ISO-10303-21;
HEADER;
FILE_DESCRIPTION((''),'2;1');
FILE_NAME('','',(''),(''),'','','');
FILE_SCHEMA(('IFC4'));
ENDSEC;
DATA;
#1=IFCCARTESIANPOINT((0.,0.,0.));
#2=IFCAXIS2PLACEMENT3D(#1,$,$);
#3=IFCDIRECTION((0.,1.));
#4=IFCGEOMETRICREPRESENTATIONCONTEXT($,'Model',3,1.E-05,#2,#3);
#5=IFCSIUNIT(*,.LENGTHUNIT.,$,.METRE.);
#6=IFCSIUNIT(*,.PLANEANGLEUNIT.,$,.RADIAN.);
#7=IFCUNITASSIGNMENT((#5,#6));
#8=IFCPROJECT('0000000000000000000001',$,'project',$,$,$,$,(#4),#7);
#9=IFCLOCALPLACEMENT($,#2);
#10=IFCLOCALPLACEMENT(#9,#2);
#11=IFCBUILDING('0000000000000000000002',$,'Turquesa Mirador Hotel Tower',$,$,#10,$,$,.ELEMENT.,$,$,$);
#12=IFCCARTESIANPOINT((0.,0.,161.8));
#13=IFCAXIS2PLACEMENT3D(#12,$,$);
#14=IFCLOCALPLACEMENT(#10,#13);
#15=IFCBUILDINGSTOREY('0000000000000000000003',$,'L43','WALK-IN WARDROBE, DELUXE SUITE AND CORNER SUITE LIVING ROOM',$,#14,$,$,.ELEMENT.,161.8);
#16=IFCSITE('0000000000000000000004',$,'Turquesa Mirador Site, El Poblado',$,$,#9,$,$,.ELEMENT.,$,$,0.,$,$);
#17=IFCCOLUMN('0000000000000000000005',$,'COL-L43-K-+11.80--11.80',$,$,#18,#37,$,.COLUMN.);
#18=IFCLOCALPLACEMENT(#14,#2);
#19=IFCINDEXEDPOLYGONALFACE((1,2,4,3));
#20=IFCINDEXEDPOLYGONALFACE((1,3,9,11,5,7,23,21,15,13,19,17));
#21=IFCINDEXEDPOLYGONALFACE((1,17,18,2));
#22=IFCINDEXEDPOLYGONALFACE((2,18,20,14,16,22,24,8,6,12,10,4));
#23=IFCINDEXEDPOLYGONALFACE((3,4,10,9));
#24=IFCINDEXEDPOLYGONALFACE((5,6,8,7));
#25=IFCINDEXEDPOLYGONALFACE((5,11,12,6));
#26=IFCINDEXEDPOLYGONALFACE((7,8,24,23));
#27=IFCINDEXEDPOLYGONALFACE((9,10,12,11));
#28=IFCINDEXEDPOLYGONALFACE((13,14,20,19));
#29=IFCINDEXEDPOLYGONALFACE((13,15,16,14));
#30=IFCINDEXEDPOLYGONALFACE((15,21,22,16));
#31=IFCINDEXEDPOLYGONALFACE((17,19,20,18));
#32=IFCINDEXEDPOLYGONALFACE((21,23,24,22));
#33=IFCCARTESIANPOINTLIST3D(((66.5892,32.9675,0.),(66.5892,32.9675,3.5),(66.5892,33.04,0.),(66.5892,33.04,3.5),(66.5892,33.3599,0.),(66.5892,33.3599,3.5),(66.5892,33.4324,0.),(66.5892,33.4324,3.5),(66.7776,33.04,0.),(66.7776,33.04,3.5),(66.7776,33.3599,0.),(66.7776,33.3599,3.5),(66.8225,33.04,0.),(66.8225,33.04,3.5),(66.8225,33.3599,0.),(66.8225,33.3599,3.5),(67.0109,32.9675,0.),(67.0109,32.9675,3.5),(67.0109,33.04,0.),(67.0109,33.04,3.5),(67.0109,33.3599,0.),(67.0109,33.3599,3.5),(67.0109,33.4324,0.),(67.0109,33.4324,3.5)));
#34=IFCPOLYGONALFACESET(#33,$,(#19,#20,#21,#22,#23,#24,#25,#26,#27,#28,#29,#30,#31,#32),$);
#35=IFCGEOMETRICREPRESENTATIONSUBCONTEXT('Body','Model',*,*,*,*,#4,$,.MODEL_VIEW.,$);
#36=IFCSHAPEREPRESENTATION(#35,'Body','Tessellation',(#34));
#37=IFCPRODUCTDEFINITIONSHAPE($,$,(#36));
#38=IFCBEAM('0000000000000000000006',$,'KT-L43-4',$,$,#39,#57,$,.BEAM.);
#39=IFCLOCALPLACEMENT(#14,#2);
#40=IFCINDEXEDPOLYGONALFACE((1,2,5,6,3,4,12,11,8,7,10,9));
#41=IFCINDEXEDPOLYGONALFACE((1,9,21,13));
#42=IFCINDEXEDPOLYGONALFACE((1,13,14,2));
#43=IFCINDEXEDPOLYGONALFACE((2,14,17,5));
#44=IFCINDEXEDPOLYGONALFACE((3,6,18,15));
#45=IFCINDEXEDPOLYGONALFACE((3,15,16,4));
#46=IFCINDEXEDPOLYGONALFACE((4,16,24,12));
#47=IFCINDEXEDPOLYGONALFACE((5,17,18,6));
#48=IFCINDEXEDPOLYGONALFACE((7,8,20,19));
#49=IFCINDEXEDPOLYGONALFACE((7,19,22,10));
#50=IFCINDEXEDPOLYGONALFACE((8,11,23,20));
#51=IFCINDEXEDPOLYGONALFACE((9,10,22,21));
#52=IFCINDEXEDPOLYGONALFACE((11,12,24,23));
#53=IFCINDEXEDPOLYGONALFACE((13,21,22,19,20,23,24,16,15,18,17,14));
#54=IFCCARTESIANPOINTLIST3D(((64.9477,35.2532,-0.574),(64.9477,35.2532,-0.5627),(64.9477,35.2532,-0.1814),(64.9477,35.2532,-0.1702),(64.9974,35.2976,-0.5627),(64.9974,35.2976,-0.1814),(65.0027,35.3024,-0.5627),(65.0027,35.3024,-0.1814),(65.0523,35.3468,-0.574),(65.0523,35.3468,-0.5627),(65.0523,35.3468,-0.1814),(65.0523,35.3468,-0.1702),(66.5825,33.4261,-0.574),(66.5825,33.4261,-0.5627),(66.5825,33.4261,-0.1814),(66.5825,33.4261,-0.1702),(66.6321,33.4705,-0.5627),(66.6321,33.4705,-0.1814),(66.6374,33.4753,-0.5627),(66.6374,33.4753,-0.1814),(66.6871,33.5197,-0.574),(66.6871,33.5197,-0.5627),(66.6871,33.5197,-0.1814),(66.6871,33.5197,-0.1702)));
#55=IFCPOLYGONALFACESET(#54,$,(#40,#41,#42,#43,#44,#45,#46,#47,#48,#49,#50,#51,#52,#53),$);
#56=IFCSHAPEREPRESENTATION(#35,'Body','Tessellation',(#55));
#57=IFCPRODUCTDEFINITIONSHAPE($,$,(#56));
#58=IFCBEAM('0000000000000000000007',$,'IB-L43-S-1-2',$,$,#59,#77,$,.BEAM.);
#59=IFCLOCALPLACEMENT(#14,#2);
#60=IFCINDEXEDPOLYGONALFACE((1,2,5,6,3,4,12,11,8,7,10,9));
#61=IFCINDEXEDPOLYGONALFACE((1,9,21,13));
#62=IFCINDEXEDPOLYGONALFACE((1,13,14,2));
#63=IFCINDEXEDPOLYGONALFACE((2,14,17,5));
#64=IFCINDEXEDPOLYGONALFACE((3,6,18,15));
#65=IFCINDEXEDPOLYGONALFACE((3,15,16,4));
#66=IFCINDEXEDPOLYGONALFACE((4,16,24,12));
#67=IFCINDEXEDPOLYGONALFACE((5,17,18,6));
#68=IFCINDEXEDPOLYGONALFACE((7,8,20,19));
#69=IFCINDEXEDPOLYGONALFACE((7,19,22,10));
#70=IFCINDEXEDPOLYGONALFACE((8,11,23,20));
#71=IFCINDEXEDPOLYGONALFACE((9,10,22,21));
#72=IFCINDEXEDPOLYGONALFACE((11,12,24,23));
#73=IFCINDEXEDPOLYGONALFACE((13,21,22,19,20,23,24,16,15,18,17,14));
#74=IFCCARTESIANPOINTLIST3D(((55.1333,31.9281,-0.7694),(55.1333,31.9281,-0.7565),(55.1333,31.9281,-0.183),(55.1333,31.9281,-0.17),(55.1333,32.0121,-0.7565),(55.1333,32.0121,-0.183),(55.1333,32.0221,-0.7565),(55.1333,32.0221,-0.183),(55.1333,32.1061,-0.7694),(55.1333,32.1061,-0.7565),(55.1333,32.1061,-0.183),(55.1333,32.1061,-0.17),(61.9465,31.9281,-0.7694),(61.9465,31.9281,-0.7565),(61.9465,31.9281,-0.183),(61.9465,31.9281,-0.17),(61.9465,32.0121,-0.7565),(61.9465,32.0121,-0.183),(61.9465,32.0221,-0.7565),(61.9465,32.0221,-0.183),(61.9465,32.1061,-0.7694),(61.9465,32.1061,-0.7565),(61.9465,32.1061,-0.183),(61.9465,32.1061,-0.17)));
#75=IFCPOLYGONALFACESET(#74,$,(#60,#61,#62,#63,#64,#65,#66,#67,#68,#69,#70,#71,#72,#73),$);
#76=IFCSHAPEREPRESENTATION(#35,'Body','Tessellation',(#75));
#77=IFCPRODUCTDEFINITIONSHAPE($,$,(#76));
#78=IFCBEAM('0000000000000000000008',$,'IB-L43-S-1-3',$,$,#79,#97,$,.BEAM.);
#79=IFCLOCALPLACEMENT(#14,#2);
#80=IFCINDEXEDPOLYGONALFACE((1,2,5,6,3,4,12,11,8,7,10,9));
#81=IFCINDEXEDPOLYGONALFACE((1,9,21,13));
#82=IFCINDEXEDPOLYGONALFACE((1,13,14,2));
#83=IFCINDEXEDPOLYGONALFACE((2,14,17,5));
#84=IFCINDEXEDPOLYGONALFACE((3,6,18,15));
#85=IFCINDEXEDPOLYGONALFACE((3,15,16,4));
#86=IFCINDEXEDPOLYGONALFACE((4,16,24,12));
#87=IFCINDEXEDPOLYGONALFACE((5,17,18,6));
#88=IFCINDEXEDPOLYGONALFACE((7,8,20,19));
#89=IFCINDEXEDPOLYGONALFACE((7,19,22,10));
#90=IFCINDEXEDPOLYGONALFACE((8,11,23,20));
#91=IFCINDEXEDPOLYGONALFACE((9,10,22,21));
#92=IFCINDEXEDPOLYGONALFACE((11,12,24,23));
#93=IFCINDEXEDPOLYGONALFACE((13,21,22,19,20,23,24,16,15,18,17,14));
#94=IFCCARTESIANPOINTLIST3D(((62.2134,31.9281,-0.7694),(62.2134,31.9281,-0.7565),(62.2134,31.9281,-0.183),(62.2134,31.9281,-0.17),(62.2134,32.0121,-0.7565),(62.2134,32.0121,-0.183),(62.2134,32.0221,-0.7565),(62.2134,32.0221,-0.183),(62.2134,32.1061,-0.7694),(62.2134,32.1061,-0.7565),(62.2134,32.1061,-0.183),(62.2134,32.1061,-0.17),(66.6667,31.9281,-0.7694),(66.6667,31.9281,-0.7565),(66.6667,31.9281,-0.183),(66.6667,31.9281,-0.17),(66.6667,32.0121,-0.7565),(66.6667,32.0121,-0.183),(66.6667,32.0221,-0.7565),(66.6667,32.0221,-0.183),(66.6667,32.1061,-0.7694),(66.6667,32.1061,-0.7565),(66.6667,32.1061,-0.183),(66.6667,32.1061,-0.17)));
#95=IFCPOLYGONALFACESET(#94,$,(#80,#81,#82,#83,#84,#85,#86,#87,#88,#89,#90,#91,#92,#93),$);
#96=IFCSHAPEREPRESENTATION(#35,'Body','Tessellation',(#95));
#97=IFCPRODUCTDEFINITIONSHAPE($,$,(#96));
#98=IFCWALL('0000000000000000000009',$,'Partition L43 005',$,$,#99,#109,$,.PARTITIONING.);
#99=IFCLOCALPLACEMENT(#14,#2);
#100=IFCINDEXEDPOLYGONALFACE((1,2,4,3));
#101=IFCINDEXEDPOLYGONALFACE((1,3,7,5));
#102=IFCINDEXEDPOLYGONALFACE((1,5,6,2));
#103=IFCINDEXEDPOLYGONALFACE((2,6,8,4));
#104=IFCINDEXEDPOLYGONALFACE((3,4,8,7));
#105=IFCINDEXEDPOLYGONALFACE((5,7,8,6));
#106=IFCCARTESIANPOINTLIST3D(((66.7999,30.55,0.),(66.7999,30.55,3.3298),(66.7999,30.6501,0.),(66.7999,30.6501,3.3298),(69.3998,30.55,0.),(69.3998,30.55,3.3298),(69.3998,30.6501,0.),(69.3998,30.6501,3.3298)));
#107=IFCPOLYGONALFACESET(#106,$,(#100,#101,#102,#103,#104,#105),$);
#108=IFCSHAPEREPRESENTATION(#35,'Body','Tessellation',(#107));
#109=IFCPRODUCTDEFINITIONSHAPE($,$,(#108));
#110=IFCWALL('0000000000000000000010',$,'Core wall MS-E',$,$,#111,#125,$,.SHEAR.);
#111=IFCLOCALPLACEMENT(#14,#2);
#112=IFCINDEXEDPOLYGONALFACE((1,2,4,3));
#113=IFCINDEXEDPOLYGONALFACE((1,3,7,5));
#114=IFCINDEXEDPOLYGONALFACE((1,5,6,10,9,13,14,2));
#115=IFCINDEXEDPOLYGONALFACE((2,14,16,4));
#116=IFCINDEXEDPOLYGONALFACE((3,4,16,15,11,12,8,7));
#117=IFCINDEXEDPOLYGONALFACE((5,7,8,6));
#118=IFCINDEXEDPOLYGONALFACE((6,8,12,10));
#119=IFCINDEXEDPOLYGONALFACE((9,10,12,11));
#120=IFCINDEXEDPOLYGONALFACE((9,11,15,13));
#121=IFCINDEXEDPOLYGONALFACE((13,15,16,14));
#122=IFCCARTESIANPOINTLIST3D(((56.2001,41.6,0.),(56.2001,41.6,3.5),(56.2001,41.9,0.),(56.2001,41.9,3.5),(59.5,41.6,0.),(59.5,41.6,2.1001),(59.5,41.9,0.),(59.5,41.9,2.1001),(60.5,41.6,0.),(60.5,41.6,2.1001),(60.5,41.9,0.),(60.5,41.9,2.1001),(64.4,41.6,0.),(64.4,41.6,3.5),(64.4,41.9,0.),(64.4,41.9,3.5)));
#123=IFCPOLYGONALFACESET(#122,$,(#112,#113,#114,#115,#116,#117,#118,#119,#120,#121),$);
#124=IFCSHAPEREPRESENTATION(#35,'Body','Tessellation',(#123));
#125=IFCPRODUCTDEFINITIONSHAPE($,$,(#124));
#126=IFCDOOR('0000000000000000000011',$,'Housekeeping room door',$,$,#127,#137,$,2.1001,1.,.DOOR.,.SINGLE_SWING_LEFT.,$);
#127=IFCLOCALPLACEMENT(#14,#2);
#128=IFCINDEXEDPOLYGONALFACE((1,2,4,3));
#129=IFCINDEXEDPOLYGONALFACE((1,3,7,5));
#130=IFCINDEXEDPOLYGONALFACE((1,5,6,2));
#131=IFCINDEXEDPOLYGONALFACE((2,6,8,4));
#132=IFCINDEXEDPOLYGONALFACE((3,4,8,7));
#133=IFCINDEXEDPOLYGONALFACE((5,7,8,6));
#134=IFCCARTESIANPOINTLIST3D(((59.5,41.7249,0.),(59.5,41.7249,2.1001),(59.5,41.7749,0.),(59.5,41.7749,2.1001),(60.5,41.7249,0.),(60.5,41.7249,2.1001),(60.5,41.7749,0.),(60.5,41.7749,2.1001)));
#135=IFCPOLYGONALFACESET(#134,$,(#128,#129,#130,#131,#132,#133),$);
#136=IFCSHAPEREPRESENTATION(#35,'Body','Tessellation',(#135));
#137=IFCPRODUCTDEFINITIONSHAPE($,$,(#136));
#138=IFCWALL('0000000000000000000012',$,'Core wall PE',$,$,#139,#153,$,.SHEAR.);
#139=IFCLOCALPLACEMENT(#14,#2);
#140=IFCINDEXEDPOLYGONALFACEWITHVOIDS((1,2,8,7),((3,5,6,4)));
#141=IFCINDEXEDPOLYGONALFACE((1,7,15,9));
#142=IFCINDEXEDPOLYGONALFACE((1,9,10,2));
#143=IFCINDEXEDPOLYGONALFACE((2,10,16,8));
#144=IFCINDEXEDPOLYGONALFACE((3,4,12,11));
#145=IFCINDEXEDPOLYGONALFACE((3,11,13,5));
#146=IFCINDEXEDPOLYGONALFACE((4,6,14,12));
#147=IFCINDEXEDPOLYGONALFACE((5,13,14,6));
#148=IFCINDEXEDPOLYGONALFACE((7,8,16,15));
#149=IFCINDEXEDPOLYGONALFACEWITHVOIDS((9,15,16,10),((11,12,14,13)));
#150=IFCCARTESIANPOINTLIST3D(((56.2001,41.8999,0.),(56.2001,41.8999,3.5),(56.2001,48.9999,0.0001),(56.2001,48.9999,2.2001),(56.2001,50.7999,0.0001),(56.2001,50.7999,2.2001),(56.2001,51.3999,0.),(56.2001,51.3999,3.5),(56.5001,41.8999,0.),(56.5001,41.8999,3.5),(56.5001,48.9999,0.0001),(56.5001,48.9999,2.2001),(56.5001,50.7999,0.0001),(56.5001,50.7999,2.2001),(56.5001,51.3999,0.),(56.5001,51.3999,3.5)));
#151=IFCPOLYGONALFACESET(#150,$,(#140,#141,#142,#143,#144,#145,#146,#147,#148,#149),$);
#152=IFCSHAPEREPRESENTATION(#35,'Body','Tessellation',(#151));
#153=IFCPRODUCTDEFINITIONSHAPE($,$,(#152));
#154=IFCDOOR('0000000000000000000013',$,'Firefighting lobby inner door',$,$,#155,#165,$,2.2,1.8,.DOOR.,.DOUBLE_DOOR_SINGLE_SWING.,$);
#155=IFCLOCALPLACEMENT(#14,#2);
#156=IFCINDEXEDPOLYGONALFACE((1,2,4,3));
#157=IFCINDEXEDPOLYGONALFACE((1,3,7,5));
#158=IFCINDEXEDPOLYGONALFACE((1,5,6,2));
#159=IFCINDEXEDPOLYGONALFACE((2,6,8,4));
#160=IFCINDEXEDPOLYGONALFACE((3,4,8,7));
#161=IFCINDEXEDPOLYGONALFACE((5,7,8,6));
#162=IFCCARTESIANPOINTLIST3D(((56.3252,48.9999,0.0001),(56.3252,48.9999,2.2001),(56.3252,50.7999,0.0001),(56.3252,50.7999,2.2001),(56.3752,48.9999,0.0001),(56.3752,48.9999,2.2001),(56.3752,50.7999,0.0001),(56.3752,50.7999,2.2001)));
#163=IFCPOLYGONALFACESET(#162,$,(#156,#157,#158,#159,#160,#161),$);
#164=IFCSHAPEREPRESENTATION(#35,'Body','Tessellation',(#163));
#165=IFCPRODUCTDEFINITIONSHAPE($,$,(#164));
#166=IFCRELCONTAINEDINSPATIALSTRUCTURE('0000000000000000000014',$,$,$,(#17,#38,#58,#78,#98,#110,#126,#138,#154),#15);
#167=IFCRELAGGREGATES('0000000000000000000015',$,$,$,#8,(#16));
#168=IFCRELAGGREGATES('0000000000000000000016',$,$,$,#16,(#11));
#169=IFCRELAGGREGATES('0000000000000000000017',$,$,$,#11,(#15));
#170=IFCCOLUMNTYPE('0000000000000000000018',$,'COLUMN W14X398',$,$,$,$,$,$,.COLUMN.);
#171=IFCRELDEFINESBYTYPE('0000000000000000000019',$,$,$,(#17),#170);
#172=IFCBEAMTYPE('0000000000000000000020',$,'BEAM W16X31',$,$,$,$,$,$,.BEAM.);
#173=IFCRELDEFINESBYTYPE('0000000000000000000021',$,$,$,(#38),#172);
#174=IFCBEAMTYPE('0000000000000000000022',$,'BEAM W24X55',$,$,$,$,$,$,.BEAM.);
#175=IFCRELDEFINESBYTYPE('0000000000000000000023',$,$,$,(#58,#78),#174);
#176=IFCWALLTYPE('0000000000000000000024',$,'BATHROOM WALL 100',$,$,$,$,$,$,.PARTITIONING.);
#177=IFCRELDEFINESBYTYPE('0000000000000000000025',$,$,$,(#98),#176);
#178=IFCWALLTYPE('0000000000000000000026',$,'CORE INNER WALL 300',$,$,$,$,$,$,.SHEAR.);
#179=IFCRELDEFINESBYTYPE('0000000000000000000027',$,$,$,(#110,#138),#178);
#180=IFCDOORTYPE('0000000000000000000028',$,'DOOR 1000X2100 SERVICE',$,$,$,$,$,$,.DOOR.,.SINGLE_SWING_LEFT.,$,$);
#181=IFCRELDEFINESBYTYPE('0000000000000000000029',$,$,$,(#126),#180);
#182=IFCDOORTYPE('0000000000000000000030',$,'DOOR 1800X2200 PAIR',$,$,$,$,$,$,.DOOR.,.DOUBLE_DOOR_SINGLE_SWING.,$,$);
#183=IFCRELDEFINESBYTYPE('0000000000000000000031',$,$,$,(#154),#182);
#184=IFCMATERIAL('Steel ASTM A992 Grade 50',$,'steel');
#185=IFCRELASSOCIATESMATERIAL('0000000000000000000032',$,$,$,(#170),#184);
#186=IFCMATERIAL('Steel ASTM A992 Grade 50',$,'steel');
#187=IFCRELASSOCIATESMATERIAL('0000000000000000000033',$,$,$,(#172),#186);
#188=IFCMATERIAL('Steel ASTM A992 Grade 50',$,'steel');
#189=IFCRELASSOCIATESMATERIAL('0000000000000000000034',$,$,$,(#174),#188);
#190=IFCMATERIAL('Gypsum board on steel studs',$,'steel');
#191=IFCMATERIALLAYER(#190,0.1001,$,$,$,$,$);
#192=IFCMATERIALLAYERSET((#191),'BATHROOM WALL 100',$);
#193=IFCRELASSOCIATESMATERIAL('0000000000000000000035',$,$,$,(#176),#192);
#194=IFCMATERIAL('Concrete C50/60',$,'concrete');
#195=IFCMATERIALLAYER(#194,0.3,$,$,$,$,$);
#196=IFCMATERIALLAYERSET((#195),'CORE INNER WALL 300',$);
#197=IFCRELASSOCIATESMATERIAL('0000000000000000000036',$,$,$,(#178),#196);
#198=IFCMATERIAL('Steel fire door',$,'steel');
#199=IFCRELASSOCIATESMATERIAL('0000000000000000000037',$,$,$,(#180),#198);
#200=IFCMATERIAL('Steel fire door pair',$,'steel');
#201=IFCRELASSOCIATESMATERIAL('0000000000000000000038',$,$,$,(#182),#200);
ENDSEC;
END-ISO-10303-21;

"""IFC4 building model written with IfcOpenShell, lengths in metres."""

from ifc_helpers import new_model, si_unit, direction, frame, frame_2d, origin, origin_2d, place, context, subcontext, project, spatial, rectangle, i_section, extrude, material, layer, layer_set, material_profile, profile_set, type_object, element, fill, save


model = new_model("IFC4")

# Units and contexts
model_context = context("Model", 3, precision=1e-05, world=origin(), true_north=direction((0.0, 1.0)))
body_context = subcontext(model_context, "Body", "Model", "MODEL_VIEW")
ifc_project = project(units=[si_unit("LENGTHUNIT", "METRE"), si_unit("PLANEANGLEUNIT", "RADIAN")], contexts=[model_context])

# Site, building, storey
site_placement = place(None, origin())
site = spatial("IfcSite", under=ifc_project, at=site_placement, Name="Turquesa Mirador Site, El Poblado", CompositionType="ELEMENT", RefElevation=0.0)
building_placement = place(site_placement, origin())
building = spatial("IfcBuilding", under=site, at=building_placement, Name="Turquesa Mirador Hotel Tower", CompositionType="ELEMENT")
storey_placement = place(building_placement, frame((0.0, 0.0, 161.8)))
storey = spatial("IfcBuildingStorey", under=building, at=storey_placement, Name="L43", Description="WALK-IN WARDROBE, DELUXE SUITE AND CORNER SUITE LIVING ROOM", CompositionType="ELEMENT", Elevation=161.8)

# Column
ifc_material_1 = material(Name="Steel ASTM A992 Grade 50", Category="steel")
ifc_material_profile_1 = material_profile(ifc_material_1, i_section(OverallWidth=0.4216, OverallDepth=0.4648, WebThickness=0.0449, FlangeThickness=0.0725, at=origin_2d()), Name="W14X398")
ifc_profile_set_1 = profile_set([ifc_material_profile_1], Name="Steel ASTM A992 Grade 50")
column_type = type_object("IfcColumnType", Name="COLUMN W14X398", PredefinedType="COLUMN", material=ifc_profile_set_1)
column_placement = place(storey_placement, frame((66.8, 33.2, 0.0), z_axis=(0.0, 0.0, 1.0), x_axis=(1.0, 0.0, 0.0)))
element("IfcColumn", 1, at=column_placement, inside=storey, type_object=column_type, Name="COL-L43-K-+11.80--11.80", PredefinedType="COLUMN", context=body_context, shape_type="SweptSolid", body=[
    extrude(i_section(OverallWidth=0.4216, OverallDepth=0.4648, WebThickness=0.0449, FlangeThickness=0.0725, at=origin_2d()), origin(), (0.0, 0.0, 1.0), 3.5),
])

# Beams
ifc_material_2 = material(Name="Steel ASTM A992 Grade 50", Category="steel")
ifc_material_profile_2 = material_profile(ifc_material_2, i_section(OverallWidth=0.1404, OverallDepth=0.4038, WebThickness=0.0071, FlangeThickness=0.0112, at=origin_2d()), Name="W16X31")
ifc_profile_set_2 = profile_set([ifc_material_profile_2], Name="Steel ASTM A992 Grade 50")
beam_type_1 = type_object("IfcBeamType", Name="BEAM W16X31", PredefinedType="BEAM", material=ifc_profile_set_2)
beam_1_placement = place(storey_placement, frame((66.6348, 33.4729, -0.3721), z_axis=(-0.666783, 0.745252, 0.0), x_axis=(-0.745252, -0.666783, 0.0)))
element("IfcBeam", 2, at=beam_1_placement, inside=storey, type_object=beam_type_1, Name="KT-L43-4", PredefinedType="BEAM", context=body_context, shape_type="SweptSolid", body=[
    extrude(i_section(OverallWidth=0.1404, OverallDepth=0.4038, WebThickness=0.0071, FlangeThickness=0.0112, at=origin_2d()), origin(), (0.0, 0.0, 1.0), 2.4517),
])
ifc_material_3 = material(Name="Steel ASTM A992 Grade 50", Category="steel")
ifc_material_profile_3 = material_profile(ifc_material_3, i_section(OverallWidth=0.178, OverallDepth=0.5994, WebThickness=0.01, FlangeThickness=0.0129, at=origin_2d()), Name="W24X55")
ifc_profile_set_3 = profile_set([ifc_material_profile_3], Name="Steel ASTM A992 Grade 50")
beam_type_2 = type_object("IfcBeamType", Name="BEAM W24X55", PredefinedType="BEAM", material=ifc_profile_set_3)
beam_2_placement = place(storey_placement, frame((55.1333, 32.0171, -0.4697), z_axis=(1.0, 0.0, 0.0), x_axis=(0.0, 1.0, 0.0)))
element("IfcBeam", 3, at=beam_2_placement, inside=storey, type_object=beam_type_2, Name="IB-L43-S-1-2", PredefinedType="BEAM", context=body_context, shape_type="SweptSolid", body=[
    extrude(i_section(OverallWidth=0.178, OverallDepth=0.5994, WebThickness=0.01, FlangeThickness=0.0129, at=origin_2d()), origin(), (0.0, 0.0, 1.0), 6.8132),
])
beam_3_placement = place(storey_placement, frame((62.2134, 32.0171, -0.4697), z_axis=(1.0, 0.0, 0.0), x_axis=(0.0, 1.0, 0.0)))
element("IfcBeam", 4, at=beam_3_placement, inside=storey, type_object=beam_type_2, Name="IB-L43-S-1-3", PredefinedType="BEAM", context=body_context, shape_type="SweptSolid", body=[
    extrude(i_section(OverallWidth=0.178, OverallDepth=0.5994, WebThickness=0.01, FlangeThickness=0.0129, at=origin_2d()), origin(), (0.0, 0.0, 1.0), 4.4534),
])

# Wall
ifc_material_4 = material(Name="Gypsum board on steel studs", Category="steel")
ifc_layer_1 = layer(ifc_material_4, 0.1001)
ifc_layer_set_1 = layer_set([ifc_layer_1], Name="BATHROOM WALL 100")
wall_type_1 = type_object("IfcWallType", Name="BATHROOM WALL 100", PredefinedType="PARTITIONING", material=ifc_layer_set_1)
wall_1_placement = place(storey_placement, frame((66.8, 30.6001, 0.0), z_axis=(0.0, 0.0, 1.0), x_axis=(1.0, 0.0, 0.0)))
element("IfcWall", 5, at=wall_1_placement, inside=storey, type_object=wall_type_1, Name="Partition L43 005", PredefinedType="PARTITIONING", context=body_context, shape_type="SweptSolid", body=[
    extrude(rectangle(XDim=2.5999, YDim=0.1001, at=frame_2d((1.2998, 0.0))), origin(), (0.0, 0.0, 1.0), 3.3298),
])

# Walls, openings, doors
ifc_material_5 = material(Name="Concrete C50/60", Category="concrete")
ifc_layer_2 = layer(ifc_material_5, 0.3)
ifc_layer_set_2 = layer_set([ifc_layer_2], Name="CORE INNER WALL 300")
wall_type_2 = type_object("IfcWallType", Name="CORE INNER WALL 300", PredefinedType="SHEAR", material=ifc_layer_set_2)
wall_2_placement = place(storey_placement, frame((56.2, 41.75, 0.0), z_axis=(0.0, 0.0, 1.0), x_axis=(1.0, 0.0, 0.0)))
wall_2 = element("IfcWall", 6, at=wall_2_placement, inside=storey, type_object=wall_type_2, Name="Core wall MS-E", PredefinedType="SHEAR", context=body_context, shape_type="SweptSolid", body=[
    extrude(rectangle(XDim=8.2, YDim=0.3, at=frame_2d((4.1001, 0.0))), origin(), (0.0, 0.0, 1.0), 3.5),
])
opening_1_placement = place(wall_2_placement, frame((3.3, 0.0, 0.0)))
opening_1 = element("IfcOpeningElement", 7, at=opening_1_placement, cuts=wall_2, PredefinedType="OPENING", context=body_context, shape_type="SweptSolid", body=[
    extrude(rectangle(XDim=1.0, YDim=2.1001, at=frame_2d((0.5, 1.05))), frame((0.0, 0.1599, 0.0), z_axis=(0.0, -1.0, 0.0), x_axis=(1.0, 0.0, 0.0)), (0.0, 0.0, 1.0), 0.3201),
])
ifc_material_6 = material(Name="Steel fire door", Category="steel")
door_type_1 = type_object("IfcDoorType", Name="DOOR 1000X2100 SERVICE", OperationType="SINGLE_SWING_LEFT", PredefinedType="DOOR", material=ifc_material_6)
door_1_placement = place(opening_1_placement, origin())
door_1 = element("IfcDoor", 8, at=door_1_placement, inside=storey, type_object=door_type_1, Name="Housekeeping room door", OperationType="SINGLE_SWING_LEFT", OverallHeight=2.1001, OverallWidth=1.0, PredefinedType="DOOR", context=body_context, shape_type="SweptSolid", body=[
    extrude(rectangle(XDim=1.0, YDim=2.1001, at=frame_2d((0.5, 1.05))), frame((0.0, 0.0249, 0.0), z_axis=(0.0, -1.0, 0.0), x_axis=(1.0, 0.0, 0.0)), (0.0, 0.0, 1.0), 0.05),
])
fill(opening_1, door_1)
wall_3_placement = place(storey_placement, frame((56.3501, 41.8999, 0.0), z_axis=(0.0, 0.0, 1.0), x_axis=(0.0, 1.0, 0.0)))
wall_3 = element("IfcWall", 9, at=wall_3_placement, inside=storey, type_object=wall_type_2, Name="Core wall PE", PredefinedType="SHEAR", context=body_context, shape_type="SweptSolid", body=[
    extrude(rectangle(XDim=9.5, YDim=0.3, at=frame_2d((4.75, 0.0))), origin(), (0.0, 0.0, 1.0), 3.5),
])
opening_2_placement = place(wall_3_placement, frame((7.1001, 0.0, 0.0)))
opening_2 = element("IfcOpeningElement", 10, at=opening_2_placement, cuts=wall_3, PredefinedType="OPENING", context=body_context, shape_type="SweptSolid", body=[
    extrude(rectangle(XDim=1.8, YDim=2.2, at=frame_2d((0.8999, 1.1001))), frame((0.0, 0.1599, 0.0), z_axis=(0.0, -1.0, 0.0), x_axis=(1.0, 0.0, 0.0)), (0.0, 0.0, 1.0), 0.3201),
])
ifc_material_7 = material(Name="Steel fire door pair", Category="steel")
door_type_2 = type_object("IfcDoorType", Name="DOOR 1800X2200 PAIR", OperationType="DOUBLE_DOOR_SINGLE_SWING", PredefinedType="DOOR", material=ifc_material_7)
door_2_placement = place(opening_2_placement, origin())
door_2 = element("IfcDoor", 11, at=door_2_placement, inside=storey, type_object=door_type_2, Name="Firefighting lobby inner door", OperationType="DOUBLE_DOOR_SINGLE_SWING", OverallHeight=2.2, OverallWidth=1.8, PredefinedType="DOOR", context=body_context, shape_type="SweptSolid", body=[
    extrude(rectangle(XDim=1.8, YDim=2.2, at=frame_2d((0.8999, 1.1001))), frame((0.0, 0.0249, 0.0), z_axis=(0.0, -1.0, 0.0), x_axis=(1.0, 0.0, 0.0)), (0.0, 0.0, 1.0), 0.05),
])
fill(opening_2, door_2)

save(model, "model.ifc")
